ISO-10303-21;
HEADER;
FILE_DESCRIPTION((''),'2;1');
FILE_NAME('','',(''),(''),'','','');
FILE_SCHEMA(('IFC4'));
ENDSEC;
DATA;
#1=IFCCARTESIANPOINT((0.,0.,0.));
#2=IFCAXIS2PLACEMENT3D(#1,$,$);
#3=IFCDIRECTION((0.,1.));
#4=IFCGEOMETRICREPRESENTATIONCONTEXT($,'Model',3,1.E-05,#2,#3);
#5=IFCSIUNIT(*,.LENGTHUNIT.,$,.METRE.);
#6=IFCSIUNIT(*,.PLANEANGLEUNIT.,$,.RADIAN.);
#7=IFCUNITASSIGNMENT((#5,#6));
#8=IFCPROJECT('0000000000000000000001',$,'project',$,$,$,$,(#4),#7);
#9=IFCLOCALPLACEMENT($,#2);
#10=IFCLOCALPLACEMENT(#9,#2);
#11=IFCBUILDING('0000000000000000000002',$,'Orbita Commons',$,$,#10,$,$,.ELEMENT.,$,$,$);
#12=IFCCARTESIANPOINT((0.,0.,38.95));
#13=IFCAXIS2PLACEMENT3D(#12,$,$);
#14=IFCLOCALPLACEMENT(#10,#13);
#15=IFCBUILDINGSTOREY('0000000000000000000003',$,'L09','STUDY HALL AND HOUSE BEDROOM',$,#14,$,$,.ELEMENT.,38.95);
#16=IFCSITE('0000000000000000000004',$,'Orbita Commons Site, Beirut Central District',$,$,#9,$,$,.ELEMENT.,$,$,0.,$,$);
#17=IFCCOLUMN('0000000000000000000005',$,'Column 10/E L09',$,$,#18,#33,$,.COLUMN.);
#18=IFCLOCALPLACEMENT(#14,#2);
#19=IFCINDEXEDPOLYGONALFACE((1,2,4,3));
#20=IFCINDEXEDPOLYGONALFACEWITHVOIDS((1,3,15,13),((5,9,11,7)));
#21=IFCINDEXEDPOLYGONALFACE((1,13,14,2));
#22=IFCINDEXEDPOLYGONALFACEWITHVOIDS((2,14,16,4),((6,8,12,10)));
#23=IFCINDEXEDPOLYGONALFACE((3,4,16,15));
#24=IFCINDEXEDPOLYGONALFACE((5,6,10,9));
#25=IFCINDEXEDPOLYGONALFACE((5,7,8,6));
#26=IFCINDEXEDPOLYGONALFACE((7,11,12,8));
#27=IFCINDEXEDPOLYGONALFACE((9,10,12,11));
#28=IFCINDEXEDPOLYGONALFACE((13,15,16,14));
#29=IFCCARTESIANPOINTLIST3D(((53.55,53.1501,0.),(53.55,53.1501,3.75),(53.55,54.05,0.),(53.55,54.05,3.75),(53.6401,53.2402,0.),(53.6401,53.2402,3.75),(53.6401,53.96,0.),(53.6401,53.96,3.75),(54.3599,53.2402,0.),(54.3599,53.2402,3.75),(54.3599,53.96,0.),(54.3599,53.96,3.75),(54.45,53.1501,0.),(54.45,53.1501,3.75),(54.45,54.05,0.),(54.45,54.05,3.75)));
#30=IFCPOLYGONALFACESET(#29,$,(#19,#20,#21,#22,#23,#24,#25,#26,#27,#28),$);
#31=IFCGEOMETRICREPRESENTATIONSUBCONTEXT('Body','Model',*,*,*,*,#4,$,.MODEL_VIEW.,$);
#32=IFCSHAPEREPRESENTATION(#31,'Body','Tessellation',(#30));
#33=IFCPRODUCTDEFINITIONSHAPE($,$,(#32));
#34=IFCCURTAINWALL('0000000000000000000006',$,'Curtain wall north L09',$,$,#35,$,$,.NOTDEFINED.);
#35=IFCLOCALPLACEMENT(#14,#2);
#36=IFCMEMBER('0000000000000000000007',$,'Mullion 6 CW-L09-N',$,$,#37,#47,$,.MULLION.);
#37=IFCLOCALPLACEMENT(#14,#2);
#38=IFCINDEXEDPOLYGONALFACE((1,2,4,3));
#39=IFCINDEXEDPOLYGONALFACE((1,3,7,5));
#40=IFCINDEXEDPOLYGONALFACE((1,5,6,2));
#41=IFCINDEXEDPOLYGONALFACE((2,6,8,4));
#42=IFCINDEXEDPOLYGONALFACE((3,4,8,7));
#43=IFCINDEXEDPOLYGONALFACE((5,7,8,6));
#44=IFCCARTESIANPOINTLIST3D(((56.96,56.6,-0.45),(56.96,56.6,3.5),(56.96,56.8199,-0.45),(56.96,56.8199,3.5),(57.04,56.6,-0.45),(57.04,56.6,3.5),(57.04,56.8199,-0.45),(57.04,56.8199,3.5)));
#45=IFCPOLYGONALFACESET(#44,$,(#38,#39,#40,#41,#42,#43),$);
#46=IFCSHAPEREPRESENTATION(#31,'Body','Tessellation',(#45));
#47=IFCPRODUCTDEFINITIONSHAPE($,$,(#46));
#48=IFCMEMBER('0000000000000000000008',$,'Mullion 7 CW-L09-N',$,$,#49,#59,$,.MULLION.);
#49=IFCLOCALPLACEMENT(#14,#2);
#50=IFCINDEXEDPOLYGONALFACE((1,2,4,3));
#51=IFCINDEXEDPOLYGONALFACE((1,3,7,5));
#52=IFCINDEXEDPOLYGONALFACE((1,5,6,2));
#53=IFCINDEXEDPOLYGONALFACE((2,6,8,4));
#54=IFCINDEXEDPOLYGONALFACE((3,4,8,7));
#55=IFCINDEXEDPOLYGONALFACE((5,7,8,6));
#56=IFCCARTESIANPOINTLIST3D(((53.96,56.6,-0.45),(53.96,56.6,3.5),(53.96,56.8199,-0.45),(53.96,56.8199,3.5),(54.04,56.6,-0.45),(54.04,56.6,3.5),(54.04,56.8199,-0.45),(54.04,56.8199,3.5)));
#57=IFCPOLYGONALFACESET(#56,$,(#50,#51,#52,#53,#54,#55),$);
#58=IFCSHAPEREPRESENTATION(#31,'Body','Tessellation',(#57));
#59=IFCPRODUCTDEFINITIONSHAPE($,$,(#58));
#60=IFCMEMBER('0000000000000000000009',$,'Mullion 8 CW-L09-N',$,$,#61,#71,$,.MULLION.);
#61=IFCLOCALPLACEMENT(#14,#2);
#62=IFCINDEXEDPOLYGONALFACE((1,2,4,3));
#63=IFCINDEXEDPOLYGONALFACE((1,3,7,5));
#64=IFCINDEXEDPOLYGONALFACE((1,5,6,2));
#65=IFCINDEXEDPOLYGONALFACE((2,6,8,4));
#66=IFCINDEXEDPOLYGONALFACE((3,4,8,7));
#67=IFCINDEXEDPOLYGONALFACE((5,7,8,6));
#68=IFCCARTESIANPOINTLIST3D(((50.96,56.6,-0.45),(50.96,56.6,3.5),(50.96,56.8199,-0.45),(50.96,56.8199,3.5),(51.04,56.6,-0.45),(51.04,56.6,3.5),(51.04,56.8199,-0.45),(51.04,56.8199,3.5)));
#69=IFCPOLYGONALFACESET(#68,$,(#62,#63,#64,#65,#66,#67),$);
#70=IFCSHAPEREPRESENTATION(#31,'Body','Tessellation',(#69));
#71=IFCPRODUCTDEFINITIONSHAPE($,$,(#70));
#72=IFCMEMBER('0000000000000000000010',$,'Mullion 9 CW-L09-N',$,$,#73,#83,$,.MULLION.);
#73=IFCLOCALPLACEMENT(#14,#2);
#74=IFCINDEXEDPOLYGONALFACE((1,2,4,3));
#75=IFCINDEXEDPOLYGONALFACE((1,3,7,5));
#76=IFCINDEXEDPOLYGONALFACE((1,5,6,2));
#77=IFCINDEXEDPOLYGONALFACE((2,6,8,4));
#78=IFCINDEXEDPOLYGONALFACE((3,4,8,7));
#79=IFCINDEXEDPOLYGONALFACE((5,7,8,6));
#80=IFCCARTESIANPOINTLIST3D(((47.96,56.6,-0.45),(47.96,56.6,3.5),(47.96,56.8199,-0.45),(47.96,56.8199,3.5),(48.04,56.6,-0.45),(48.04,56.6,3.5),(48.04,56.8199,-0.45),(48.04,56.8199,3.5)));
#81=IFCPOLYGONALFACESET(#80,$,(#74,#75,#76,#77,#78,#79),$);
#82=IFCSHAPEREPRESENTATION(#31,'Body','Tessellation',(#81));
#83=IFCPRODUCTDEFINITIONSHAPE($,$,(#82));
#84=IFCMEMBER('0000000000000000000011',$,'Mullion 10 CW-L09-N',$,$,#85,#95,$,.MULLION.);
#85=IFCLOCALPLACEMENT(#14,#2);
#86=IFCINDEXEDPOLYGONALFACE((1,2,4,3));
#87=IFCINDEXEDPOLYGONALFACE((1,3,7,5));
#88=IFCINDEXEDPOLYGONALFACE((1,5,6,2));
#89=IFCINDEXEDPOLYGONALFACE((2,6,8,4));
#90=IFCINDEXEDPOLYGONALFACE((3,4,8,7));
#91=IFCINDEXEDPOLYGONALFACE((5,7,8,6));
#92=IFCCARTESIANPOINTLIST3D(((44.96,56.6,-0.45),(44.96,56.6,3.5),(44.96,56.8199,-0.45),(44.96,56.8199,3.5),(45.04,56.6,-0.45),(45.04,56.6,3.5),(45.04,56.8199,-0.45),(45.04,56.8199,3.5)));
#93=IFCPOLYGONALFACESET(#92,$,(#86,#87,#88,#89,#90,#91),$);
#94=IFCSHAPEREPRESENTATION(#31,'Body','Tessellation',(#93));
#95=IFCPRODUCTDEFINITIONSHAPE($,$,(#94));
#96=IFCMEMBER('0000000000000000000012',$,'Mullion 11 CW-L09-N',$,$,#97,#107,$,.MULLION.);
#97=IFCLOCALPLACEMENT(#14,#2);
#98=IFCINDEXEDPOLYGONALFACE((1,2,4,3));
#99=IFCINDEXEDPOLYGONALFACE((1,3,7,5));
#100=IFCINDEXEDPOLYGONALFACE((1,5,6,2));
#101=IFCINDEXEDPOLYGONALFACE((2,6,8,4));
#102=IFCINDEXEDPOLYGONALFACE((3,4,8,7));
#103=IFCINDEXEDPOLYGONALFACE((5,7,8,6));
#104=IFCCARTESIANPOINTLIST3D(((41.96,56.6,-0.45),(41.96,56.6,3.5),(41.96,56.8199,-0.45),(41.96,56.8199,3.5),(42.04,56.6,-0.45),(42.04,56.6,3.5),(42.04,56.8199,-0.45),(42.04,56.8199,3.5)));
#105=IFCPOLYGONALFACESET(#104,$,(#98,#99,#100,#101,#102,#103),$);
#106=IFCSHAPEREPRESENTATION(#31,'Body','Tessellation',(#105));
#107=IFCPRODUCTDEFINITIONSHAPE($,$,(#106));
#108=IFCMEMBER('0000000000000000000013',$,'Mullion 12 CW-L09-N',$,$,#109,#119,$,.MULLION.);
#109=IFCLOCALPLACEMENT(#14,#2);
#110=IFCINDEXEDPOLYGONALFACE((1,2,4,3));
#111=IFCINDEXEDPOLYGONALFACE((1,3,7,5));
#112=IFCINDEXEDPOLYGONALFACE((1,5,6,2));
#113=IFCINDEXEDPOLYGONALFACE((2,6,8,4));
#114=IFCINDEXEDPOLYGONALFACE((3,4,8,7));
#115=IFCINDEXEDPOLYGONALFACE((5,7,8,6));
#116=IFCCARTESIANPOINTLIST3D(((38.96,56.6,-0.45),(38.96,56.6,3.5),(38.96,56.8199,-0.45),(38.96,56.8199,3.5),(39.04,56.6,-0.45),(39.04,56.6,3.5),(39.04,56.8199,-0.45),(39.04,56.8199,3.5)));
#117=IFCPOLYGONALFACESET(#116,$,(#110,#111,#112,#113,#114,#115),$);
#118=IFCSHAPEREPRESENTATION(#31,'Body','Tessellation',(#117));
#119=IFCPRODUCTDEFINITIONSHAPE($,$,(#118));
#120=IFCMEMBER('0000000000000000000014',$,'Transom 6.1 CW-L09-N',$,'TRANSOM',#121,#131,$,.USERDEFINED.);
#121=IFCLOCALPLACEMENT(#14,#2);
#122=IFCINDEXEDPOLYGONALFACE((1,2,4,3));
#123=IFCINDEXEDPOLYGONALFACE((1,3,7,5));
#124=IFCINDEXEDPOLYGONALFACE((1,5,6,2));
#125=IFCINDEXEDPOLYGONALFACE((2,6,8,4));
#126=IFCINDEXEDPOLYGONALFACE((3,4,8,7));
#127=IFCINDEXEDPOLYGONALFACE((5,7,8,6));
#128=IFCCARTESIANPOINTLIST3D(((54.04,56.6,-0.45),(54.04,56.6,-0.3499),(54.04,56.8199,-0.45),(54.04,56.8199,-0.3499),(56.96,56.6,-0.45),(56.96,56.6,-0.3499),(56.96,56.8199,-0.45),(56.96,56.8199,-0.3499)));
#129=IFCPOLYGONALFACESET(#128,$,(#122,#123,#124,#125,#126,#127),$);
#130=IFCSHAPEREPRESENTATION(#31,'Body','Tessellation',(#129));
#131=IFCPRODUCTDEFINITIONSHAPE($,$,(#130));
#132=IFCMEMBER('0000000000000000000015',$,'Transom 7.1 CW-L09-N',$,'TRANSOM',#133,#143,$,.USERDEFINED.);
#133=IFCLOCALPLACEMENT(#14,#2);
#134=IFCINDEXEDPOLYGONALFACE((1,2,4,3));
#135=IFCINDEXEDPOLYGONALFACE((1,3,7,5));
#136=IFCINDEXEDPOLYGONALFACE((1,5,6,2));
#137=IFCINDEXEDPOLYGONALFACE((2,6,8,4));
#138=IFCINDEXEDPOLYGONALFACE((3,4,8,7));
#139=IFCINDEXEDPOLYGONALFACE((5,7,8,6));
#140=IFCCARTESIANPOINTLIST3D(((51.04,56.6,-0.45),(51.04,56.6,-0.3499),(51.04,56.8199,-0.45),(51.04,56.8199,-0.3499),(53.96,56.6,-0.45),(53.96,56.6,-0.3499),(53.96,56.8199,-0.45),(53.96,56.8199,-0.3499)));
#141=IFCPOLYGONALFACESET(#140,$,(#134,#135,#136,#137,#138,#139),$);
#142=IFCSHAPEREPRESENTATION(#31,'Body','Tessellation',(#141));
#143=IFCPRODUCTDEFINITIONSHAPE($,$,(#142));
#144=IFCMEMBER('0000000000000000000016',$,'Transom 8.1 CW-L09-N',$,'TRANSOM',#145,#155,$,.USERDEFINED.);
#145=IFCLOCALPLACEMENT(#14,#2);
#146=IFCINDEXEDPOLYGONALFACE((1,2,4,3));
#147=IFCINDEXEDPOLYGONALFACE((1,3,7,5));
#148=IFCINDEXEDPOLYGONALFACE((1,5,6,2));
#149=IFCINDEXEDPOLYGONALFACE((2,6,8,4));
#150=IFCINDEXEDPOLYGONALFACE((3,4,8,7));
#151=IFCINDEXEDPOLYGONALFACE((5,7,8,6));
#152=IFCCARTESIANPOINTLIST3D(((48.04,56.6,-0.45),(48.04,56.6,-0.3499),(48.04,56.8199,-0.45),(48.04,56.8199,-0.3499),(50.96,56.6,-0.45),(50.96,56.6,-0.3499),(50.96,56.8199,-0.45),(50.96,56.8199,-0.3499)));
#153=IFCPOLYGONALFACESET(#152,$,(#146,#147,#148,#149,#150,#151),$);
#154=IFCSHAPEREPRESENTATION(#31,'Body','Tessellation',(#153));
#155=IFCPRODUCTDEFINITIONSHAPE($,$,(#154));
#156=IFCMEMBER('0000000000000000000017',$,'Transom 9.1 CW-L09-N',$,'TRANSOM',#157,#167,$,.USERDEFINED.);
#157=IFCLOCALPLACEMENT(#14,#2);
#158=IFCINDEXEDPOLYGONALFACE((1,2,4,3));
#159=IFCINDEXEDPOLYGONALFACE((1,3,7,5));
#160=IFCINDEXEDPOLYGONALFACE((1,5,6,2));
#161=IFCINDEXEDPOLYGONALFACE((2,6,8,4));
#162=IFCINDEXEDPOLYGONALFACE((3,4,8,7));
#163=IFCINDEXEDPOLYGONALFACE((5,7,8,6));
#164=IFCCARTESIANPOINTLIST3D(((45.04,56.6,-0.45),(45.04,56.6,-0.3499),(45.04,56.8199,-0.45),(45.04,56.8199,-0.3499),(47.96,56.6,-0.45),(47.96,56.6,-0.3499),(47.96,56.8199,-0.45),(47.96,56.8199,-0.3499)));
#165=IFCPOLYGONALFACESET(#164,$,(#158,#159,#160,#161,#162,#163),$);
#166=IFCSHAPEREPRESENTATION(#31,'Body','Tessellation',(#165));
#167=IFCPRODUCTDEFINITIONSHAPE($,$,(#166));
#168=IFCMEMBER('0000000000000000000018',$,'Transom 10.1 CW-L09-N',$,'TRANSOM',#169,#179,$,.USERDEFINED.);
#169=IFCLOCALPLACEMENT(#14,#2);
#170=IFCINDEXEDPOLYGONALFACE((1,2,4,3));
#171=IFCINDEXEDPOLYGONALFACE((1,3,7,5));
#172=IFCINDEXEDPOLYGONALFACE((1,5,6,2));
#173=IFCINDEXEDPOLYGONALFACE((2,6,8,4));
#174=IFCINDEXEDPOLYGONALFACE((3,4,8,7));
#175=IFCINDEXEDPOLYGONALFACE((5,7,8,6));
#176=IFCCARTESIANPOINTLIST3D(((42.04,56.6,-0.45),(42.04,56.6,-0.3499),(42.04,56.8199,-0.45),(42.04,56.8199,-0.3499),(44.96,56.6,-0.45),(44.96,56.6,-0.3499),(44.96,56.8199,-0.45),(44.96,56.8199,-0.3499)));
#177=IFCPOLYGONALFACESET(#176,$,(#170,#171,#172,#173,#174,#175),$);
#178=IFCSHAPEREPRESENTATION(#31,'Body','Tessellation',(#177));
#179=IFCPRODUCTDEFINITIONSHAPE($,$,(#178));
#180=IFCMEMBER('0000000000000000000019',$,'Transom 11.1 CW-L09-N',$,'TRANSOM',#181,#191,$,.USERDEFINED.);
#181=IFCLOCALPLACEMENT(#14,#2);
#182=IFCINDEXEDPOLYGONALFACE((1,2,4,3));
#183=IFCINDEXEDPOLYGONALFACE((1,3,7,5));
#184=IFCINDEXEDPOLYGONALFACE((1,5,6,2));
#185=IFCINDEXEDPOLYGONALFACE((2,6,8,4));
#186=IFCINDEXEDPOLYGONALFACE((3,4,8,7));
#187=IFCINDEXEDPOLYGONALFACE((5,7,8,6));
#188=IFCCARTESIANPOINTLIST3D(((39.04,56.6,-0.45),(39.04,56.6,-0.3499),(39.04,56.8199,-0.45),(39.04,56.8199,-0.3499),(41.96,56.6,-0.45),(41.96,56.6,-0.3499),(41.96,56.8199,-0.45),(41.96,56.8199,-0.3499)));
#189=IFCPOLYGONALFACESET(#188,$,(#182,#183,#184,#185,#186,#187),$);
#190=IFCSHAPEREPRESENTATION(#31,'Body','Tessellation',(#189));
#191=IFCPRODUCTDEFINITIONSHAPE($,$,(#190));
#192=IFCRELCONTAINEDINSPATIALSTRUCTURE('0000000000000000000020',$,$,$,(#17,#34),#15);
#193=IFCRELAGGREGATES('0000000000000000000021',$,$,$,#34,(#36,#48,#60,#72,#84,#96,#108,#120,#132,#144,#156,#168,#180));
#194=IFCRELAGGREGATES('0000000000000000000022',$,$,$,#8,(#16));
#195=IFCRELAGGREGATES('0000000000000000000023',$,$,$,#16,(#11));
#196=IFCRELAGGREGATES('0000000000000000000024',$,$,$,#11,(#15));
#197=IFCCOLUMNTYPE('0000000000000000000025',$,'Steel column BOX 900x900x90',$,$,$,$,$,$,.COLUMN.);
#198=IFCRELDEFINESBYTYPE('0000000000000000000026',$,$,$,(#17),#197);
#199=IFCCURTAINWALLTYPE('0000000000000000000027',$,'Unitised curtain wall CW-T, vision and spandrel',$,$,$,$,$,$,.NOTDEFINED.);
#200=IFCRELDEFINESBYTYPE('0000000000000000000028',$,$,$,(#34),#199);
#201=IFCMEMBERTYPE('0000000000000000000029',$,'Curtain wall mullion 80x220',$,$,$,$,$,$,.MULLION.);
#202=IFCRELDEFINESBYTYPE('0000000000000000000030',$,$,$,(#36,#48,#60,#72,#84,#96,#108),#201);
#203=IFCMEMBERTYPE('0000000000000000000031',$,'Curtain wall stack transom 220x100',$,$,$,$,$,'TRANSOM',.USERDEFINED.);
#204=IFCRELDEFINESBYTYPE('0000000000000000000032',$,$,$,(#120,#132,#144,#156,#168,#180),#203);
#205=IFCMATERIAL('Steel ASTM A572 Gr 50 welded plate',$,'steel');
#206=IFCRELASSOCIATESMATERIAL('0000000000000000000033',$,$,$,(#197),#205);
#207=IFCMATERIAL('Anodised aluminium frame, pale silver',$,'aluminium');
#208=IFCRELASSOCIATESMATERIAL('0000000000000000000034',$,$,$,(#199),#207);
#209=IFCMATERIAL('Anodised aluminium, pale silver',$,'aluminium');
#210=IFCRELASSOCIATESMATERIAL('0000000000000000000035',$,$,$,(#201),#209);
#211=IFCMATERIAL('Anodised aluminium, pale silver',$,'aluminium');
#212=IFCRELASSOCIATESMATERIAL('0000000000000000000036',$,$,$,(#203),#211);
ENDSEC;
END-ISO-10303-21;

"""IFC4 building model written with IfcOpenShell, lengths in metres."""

from ifc_helpers import new_model, si_unit, direction, frame, origin, origin_2d, place, context, subcontext, project, spatial, rectangle, hollow_rectangle, extrude, material, material_profile, profile_set, type_object, element, aggregate, save


model = new_model("IFC4")

# Units and contexts
model_context = context("Model", 3, precision=1e-05, world=origin(), true_north=direction((0.0, 1.0)))
body_context = subcontext(model_context, "Body", "Model", "MODEL_VIEW")
ifc_project = project(units=[si_unit("LENGTHUNIT", "METRE"), si_unit("PLANEANGLEUNIT", "RADIAN")], contexts=[model_context])

# Site, building, storey
site_placement = place(None, origin())
site = spatial("IfcSite", under=ifc_project, at=site_placement, Name="Orbita Commons Site, Beirut Central District", CompositionType="ELEMENT", RefElevation=0.0)
building_placement = place(site_placement, origin())
building = spatial("IfcBuilding", under=site, at=building_placement, Name="Orbita Commons", CompositionType="ELEMENT")
storey_placement = place(building_placement, frame((0.0, 0.0, 38.95)))
storey = spatial("IfcBuildingStorey", under=building, at=storey_placement, Name="L09", Description="STUDY HALL AND HOUSE BEDROOM", CompositionType="ELEMENT", Elevation=38.95)

# Column
ifc_material_1 = material(Name="Steel ASTM A572 Gr 50 welded plate", Category="steel")
ifc_material_profile_1 = material_profile(ifc_material_1, hollow_rectangle(XDim=0.8999, YDim=0.8999, WallThickness=0.0901, at=origin_2d()), Name="BOX 900x900x90")
ifc_profile_set_1 = profile_set([ifc_material_profile_1], Name="Steel ASTM A572 Gr 50 welded plate")
column_type = type_object("IfcColumnType", Name="Steel column BOX 900x900x90", PredefinedType="COLUMN", material=ifc_profile_set_1)
column_placement = place(storey_placement, frame((54.0, 53.6001, 0.0), z_axis=(0.0, 0.0, 1.0), x_axis=(1.0, 0.0, 0.0)))
element("IfcColumn", 1, at=column_placement, inside=storey, type_object=column_type, Name="Column 10/E L09", PredefinedType="COLUMN", context=body_context, shape_type="SweptSolid", body=[
    extrude(hollow_rectangle(XDim=0.8999, YDim=0.8999, WallThickness=0.0901, at=origin_2d()), origin(), (0.0, 0.0, 1.0), 3.75),
])

# Curtain wall, members
ifc_material_2 = material(Name="Anodised aluminium frame, pale silver", Category="aluminium")
curtain_wall_type = type_object("IfcCurtainWallType", Name="Unitised curtain wall CW-T, vision and spandrel", PredefinedType="NOTDEFINED", material=ifc_material_2)
curtain_wall_placement = place(storey_placement, origin())
curtain_wall = element("IfcCurtainWall", 2, at=curtain_wall_placement, inside=storey, type_object=curtain_wall_type, Name="Curtain wall north L09", PredefinedType="NOTDEFINED")
ifc_material_3 = material(Name="Anodised aluminium, pale silver", Category="aluminium")
ifc_material_profile_2 = material_profile(ifc_material_3, rectangle(XDim=0.0801, YDim=0.22, at=origin_2d()), Name="AL 80x220")
ifc_profile_set_2 = profile_set([ifc_material_profile_2], Name="Anodised aluminium, pale silver")
member_type_1 = type_object("IfcMemberType", Name="Curtain wall mullion 80x220", PredefinedType="MULLION", material=ifc_profile_set_2)
member_1_placement = place(storey_placement, frame((57.0, 56.71, -0.45), z_axis=(0.0, 0.0, 1.0), x_axis=(-1.0, 0.0, 0.0)))
member_1 = element("IfcMember", 3, at=member_1_placement, type_object=member_type_1, Name="Mullion 6 CW-L09-N", PredefinedType="MULLION", context=body_context, shape_type="SweptSolid", body=[
    extrude(rectangle(XDim=0.0801, YDim=0.22, at=origin_2d()), origin(), (0.0, 0.0, 1.0), 3.95),
])
member_2_placement = place(storey_placement, frame((54.0, 56.71, -0.45), z_axis=(0.0, 0.0, 1.0), x_axis=(-1.0, 0.0, 0.0)))
member_2 = element("IfcMember", 4, at=member_2_placement, type_object=member_type_1, Name="Mullion 7 CW-L09-N", PredefinedType="MULLION", context=body_context, shape_type="SweptSolid", body=[
    extrude(rectangle(XDim=0.0801, YDim=0.22, at=origin_2d()), origin(), (0.0, 0.0, 1.0), 3.95),
])
member_3_placement = place(storey_placement, frame((51.0, 56.71, -0.45), z_axis=(0.0, 0.0, 1.0), x_axis=(-1.0, 0.0, 0.0)))
member_3 = element("IfcMember", 5, at=member_3_placement, type_object=member_type_1, Name="Mullion 8 CW-L09-N", PredefinedType="MULLION", context=body_context, shape_type="SweptSolid", body=[
    extrude(rectangle(XDim=0.0801, YDim=0.22, at=origin_2d()), origin(), (0.0, 0.0, 1.0), 3.95),
])
member_4_placement = place(storey_placement, frame((48.0, 56.71, -0.45), z_axis=(0.0, 0.0, 1.0), x_axis=(-1.0, 0.0, 0.0)))
member_4 = element("IfcMember", 6, at=member_4_placement, type_object=member_type_1, Name="Mullion 9 CW-L09-N", PredefinedType="MULLION", context=body_context, shape_type="SweptSolid", body=[
    extrude(rectangle(XDim=0.0801, YDim=0.22, at=origin_2d()), origin(), (0.0, 0.0, 1.0), 3.95),
])
member_5_placement = place(storey_placement, frame((45.0, 56.71, -0.45), z_axis=(0.0, 0.0, 1.0), x_axis=(-1.0, 0.0, 0.0)))
member_5 = element("IfcMember", 7, at=member_5_placement, type_object=member_type_1, Name="Mullion 10 CW-L09-N", PredefinedType="MULLION", context=body_context, shape_type="SweptSolid", body=[
    extrude(rectangle(XDim=0.0801, YDim=0.22, at=origin_2d()), origin(), (0.0, 0.0, 1.0), 3.95),
])
member_6_placement = place(storey_placement, frame((42.0, 56.71, -0.45), z_axis=(0.0, 0.0, 1.0), x_axis=(-1.0, 0.0, 0.0)))
member_6 = element("IfcMember", 8, at=member_6_placement, type_object=member_type_1, Name="Mullion 11 CW-L09-N", PredefinedType="MULLION", context=body_context, shape_type="SweptSolid", body=[
    extrude(rectangle(XDim=0.0801, YDim=0.22, at=origin_2d()), origin(), (0.0, 0.0, 1.0), 3.95),
])
member_7_placement = place(storey_placement, frame((39.0, 56.71, -0.45), z_axis=(0.0, 0.0, 1.0), x_axis=(-1.0, 0.0, 0.0)))
member_7 = element("IfcMember", 9, at=member_7_placement, type_object=member_type_1, Name="Mullion 12 CW-L09-N", PredefinedType="MULLION", context=body_context, shape_type="SweptSolid", body=[
    extrude(rectangle(XDim=0.0801, YDim=0.22, at=origin_2d()), origin(), (0.0, 0.0, 1.0), 3.95),
])
ifc_material_4 = material(Name="Anodised aluminium, pale silver", Category="aluminium")
ifc_material_profile_3 = material_profile(ifc_material_4, rectangle(XDim=0.22, YDim=0.1001, at=origin_2d()), Name="AL 220x100")
ifc_profile_set_3 = profile_set([ifc_material_profile_3], Name="Anodised aluminium, pale silver")
member_type_2 = type_object("IfcMemberType", Name="Curtain wall stack transom 220x100", ElementType="TRANSOM", PredefinedType="USERDEFINED", material=ifc_profile_set_3)
member_8_placement = place(storey_placement, frame((56.96, 56.71, -0.3999), z_axis=(-1.0, 0.0, 0.0), x_axis=(0.0, -1.0, 0.0)))
member_8 = element("IfcMember", 10, at=member_8_placement, type_object=member_type_2, Name="Transom 6.1 CW-L09-N", ObjectType="TRANSOM", PredefinedType="USERDEFINED", context=body_context, shape_type="SweptSolid", body=[
    extrude(rectangle(XDim=0.22, YDim=0.1001, at=origin_2d()), origin(), (0.0, 0.0, 1.0), 2.9199),
])
member_9_placement = place(storey_placement, frame((53.96, 56.71, -0.3999), z_axis=(-1.0, 0.0, 0.0), x_axis=(0.0, -1.0, 0.0)))
member_9 = element("IfcMember", 11, at=member_9_placement, type_object=member_type_2, Name="Transom 7.1 CW-L09-N", ObjectType="TRANSOM", PredefinedType="USERDEFINED", context=body_context, shape_type="SweptSolid", body=[
    extrude(rectangle(XDim=0.22, YDim=0.1001, at=origin_2d()), origin(), (0.0, 0.0, 1.0), 2.9199),
])
member_10_placement = place(storey_placement, frame((50.96, 56.71, -0.3999), z_axis=(-1.0, 0.0, 0.0), x_axis=(0.0, -1.0, 0.0)))
member_10 = element("IfcMember", 12, at=member_10_placement, type_object=member_type_2, Name="Transom 8.1 CW-L09-N", ObjectType="TRANSOM", PredefinedType="USERDEFINED", context=body_context, shape_type="SweptSolid", body=[
    extrude(rectangle(XDim=0.22, YDim=0.1001, at=origin_2d()), origin(), (0.0, 0.0, 1.0), 2.9199),
])
member_11_placement = place(storey_placement, frame((47.96, 56.71, -0.3999), z_axis=(-1.0, 0.0, 0.0), x_axis=(0.0, -1.0, 0.0)))
member_11 = element("IfcMember", 13, at=member_11_placement, type_object=member_type_2, Name="Transom 9.1 CW-L09-N", ObjectType="TRANSOM", PredefinedType="USERDEFINED", context=body_context, shape_type="SweptSolid", body=[
    extrude(rectangle(XDim=0.22, YDim=0.1001, at=origin_2d()), origin(), (0.0, 0.0, 1.0), 2.9199),
])
member_12_placement = place(storey_placement, frame((44.96, 56.71, -0.3999), z_axis=(-1.0, 0.0, 0.0), x_axis=(0.0, -1.0, 0.0)))
member_12 = element("IfcMember", 14, at=member_12_placement, type_object=member_type_2, Name="Transom 10.1 CW-L09-N", ObjectType="TRANSOM", PredefinedType="USERDEFINED", context=body_context, shape_type="SweptSolid", body=[
    extrude(rectangle(XDim=0.22, YDim=0.1001, at=origin_2d()), origin(), (0.0, 0.0, 1.0), 2.9199),
])
member_13_placement = place(storey_placement, frame((41.96, 56.71, -0.3999), z_axis=(-1.0, 0.0, 0.0), x_axis=(0.0, -1.0, 0.0)))
member_13 = element("IfcMember", 15, at=member_13_placement, type_object=member_type_2, Name="Transom 11.1 CW-L09-N", ObjectType="TRANSOM", PredefinedType="USERDEFINED", context=body_context, shape_type="SweptSolid", body=[
    extrude(rectangle(XDim=0.22, YDim=0.1001, at=origin_2d()), origin(), (0.0, 0.0, 1.0), 2.9199),
])

aggregate(curtain_wall, [member_1, member_2, member_3, member_4, member_5, member_6, member_7, member_8, member_9, member_10, member_11, member_12, member_13])

save(model, "model.ifc")
